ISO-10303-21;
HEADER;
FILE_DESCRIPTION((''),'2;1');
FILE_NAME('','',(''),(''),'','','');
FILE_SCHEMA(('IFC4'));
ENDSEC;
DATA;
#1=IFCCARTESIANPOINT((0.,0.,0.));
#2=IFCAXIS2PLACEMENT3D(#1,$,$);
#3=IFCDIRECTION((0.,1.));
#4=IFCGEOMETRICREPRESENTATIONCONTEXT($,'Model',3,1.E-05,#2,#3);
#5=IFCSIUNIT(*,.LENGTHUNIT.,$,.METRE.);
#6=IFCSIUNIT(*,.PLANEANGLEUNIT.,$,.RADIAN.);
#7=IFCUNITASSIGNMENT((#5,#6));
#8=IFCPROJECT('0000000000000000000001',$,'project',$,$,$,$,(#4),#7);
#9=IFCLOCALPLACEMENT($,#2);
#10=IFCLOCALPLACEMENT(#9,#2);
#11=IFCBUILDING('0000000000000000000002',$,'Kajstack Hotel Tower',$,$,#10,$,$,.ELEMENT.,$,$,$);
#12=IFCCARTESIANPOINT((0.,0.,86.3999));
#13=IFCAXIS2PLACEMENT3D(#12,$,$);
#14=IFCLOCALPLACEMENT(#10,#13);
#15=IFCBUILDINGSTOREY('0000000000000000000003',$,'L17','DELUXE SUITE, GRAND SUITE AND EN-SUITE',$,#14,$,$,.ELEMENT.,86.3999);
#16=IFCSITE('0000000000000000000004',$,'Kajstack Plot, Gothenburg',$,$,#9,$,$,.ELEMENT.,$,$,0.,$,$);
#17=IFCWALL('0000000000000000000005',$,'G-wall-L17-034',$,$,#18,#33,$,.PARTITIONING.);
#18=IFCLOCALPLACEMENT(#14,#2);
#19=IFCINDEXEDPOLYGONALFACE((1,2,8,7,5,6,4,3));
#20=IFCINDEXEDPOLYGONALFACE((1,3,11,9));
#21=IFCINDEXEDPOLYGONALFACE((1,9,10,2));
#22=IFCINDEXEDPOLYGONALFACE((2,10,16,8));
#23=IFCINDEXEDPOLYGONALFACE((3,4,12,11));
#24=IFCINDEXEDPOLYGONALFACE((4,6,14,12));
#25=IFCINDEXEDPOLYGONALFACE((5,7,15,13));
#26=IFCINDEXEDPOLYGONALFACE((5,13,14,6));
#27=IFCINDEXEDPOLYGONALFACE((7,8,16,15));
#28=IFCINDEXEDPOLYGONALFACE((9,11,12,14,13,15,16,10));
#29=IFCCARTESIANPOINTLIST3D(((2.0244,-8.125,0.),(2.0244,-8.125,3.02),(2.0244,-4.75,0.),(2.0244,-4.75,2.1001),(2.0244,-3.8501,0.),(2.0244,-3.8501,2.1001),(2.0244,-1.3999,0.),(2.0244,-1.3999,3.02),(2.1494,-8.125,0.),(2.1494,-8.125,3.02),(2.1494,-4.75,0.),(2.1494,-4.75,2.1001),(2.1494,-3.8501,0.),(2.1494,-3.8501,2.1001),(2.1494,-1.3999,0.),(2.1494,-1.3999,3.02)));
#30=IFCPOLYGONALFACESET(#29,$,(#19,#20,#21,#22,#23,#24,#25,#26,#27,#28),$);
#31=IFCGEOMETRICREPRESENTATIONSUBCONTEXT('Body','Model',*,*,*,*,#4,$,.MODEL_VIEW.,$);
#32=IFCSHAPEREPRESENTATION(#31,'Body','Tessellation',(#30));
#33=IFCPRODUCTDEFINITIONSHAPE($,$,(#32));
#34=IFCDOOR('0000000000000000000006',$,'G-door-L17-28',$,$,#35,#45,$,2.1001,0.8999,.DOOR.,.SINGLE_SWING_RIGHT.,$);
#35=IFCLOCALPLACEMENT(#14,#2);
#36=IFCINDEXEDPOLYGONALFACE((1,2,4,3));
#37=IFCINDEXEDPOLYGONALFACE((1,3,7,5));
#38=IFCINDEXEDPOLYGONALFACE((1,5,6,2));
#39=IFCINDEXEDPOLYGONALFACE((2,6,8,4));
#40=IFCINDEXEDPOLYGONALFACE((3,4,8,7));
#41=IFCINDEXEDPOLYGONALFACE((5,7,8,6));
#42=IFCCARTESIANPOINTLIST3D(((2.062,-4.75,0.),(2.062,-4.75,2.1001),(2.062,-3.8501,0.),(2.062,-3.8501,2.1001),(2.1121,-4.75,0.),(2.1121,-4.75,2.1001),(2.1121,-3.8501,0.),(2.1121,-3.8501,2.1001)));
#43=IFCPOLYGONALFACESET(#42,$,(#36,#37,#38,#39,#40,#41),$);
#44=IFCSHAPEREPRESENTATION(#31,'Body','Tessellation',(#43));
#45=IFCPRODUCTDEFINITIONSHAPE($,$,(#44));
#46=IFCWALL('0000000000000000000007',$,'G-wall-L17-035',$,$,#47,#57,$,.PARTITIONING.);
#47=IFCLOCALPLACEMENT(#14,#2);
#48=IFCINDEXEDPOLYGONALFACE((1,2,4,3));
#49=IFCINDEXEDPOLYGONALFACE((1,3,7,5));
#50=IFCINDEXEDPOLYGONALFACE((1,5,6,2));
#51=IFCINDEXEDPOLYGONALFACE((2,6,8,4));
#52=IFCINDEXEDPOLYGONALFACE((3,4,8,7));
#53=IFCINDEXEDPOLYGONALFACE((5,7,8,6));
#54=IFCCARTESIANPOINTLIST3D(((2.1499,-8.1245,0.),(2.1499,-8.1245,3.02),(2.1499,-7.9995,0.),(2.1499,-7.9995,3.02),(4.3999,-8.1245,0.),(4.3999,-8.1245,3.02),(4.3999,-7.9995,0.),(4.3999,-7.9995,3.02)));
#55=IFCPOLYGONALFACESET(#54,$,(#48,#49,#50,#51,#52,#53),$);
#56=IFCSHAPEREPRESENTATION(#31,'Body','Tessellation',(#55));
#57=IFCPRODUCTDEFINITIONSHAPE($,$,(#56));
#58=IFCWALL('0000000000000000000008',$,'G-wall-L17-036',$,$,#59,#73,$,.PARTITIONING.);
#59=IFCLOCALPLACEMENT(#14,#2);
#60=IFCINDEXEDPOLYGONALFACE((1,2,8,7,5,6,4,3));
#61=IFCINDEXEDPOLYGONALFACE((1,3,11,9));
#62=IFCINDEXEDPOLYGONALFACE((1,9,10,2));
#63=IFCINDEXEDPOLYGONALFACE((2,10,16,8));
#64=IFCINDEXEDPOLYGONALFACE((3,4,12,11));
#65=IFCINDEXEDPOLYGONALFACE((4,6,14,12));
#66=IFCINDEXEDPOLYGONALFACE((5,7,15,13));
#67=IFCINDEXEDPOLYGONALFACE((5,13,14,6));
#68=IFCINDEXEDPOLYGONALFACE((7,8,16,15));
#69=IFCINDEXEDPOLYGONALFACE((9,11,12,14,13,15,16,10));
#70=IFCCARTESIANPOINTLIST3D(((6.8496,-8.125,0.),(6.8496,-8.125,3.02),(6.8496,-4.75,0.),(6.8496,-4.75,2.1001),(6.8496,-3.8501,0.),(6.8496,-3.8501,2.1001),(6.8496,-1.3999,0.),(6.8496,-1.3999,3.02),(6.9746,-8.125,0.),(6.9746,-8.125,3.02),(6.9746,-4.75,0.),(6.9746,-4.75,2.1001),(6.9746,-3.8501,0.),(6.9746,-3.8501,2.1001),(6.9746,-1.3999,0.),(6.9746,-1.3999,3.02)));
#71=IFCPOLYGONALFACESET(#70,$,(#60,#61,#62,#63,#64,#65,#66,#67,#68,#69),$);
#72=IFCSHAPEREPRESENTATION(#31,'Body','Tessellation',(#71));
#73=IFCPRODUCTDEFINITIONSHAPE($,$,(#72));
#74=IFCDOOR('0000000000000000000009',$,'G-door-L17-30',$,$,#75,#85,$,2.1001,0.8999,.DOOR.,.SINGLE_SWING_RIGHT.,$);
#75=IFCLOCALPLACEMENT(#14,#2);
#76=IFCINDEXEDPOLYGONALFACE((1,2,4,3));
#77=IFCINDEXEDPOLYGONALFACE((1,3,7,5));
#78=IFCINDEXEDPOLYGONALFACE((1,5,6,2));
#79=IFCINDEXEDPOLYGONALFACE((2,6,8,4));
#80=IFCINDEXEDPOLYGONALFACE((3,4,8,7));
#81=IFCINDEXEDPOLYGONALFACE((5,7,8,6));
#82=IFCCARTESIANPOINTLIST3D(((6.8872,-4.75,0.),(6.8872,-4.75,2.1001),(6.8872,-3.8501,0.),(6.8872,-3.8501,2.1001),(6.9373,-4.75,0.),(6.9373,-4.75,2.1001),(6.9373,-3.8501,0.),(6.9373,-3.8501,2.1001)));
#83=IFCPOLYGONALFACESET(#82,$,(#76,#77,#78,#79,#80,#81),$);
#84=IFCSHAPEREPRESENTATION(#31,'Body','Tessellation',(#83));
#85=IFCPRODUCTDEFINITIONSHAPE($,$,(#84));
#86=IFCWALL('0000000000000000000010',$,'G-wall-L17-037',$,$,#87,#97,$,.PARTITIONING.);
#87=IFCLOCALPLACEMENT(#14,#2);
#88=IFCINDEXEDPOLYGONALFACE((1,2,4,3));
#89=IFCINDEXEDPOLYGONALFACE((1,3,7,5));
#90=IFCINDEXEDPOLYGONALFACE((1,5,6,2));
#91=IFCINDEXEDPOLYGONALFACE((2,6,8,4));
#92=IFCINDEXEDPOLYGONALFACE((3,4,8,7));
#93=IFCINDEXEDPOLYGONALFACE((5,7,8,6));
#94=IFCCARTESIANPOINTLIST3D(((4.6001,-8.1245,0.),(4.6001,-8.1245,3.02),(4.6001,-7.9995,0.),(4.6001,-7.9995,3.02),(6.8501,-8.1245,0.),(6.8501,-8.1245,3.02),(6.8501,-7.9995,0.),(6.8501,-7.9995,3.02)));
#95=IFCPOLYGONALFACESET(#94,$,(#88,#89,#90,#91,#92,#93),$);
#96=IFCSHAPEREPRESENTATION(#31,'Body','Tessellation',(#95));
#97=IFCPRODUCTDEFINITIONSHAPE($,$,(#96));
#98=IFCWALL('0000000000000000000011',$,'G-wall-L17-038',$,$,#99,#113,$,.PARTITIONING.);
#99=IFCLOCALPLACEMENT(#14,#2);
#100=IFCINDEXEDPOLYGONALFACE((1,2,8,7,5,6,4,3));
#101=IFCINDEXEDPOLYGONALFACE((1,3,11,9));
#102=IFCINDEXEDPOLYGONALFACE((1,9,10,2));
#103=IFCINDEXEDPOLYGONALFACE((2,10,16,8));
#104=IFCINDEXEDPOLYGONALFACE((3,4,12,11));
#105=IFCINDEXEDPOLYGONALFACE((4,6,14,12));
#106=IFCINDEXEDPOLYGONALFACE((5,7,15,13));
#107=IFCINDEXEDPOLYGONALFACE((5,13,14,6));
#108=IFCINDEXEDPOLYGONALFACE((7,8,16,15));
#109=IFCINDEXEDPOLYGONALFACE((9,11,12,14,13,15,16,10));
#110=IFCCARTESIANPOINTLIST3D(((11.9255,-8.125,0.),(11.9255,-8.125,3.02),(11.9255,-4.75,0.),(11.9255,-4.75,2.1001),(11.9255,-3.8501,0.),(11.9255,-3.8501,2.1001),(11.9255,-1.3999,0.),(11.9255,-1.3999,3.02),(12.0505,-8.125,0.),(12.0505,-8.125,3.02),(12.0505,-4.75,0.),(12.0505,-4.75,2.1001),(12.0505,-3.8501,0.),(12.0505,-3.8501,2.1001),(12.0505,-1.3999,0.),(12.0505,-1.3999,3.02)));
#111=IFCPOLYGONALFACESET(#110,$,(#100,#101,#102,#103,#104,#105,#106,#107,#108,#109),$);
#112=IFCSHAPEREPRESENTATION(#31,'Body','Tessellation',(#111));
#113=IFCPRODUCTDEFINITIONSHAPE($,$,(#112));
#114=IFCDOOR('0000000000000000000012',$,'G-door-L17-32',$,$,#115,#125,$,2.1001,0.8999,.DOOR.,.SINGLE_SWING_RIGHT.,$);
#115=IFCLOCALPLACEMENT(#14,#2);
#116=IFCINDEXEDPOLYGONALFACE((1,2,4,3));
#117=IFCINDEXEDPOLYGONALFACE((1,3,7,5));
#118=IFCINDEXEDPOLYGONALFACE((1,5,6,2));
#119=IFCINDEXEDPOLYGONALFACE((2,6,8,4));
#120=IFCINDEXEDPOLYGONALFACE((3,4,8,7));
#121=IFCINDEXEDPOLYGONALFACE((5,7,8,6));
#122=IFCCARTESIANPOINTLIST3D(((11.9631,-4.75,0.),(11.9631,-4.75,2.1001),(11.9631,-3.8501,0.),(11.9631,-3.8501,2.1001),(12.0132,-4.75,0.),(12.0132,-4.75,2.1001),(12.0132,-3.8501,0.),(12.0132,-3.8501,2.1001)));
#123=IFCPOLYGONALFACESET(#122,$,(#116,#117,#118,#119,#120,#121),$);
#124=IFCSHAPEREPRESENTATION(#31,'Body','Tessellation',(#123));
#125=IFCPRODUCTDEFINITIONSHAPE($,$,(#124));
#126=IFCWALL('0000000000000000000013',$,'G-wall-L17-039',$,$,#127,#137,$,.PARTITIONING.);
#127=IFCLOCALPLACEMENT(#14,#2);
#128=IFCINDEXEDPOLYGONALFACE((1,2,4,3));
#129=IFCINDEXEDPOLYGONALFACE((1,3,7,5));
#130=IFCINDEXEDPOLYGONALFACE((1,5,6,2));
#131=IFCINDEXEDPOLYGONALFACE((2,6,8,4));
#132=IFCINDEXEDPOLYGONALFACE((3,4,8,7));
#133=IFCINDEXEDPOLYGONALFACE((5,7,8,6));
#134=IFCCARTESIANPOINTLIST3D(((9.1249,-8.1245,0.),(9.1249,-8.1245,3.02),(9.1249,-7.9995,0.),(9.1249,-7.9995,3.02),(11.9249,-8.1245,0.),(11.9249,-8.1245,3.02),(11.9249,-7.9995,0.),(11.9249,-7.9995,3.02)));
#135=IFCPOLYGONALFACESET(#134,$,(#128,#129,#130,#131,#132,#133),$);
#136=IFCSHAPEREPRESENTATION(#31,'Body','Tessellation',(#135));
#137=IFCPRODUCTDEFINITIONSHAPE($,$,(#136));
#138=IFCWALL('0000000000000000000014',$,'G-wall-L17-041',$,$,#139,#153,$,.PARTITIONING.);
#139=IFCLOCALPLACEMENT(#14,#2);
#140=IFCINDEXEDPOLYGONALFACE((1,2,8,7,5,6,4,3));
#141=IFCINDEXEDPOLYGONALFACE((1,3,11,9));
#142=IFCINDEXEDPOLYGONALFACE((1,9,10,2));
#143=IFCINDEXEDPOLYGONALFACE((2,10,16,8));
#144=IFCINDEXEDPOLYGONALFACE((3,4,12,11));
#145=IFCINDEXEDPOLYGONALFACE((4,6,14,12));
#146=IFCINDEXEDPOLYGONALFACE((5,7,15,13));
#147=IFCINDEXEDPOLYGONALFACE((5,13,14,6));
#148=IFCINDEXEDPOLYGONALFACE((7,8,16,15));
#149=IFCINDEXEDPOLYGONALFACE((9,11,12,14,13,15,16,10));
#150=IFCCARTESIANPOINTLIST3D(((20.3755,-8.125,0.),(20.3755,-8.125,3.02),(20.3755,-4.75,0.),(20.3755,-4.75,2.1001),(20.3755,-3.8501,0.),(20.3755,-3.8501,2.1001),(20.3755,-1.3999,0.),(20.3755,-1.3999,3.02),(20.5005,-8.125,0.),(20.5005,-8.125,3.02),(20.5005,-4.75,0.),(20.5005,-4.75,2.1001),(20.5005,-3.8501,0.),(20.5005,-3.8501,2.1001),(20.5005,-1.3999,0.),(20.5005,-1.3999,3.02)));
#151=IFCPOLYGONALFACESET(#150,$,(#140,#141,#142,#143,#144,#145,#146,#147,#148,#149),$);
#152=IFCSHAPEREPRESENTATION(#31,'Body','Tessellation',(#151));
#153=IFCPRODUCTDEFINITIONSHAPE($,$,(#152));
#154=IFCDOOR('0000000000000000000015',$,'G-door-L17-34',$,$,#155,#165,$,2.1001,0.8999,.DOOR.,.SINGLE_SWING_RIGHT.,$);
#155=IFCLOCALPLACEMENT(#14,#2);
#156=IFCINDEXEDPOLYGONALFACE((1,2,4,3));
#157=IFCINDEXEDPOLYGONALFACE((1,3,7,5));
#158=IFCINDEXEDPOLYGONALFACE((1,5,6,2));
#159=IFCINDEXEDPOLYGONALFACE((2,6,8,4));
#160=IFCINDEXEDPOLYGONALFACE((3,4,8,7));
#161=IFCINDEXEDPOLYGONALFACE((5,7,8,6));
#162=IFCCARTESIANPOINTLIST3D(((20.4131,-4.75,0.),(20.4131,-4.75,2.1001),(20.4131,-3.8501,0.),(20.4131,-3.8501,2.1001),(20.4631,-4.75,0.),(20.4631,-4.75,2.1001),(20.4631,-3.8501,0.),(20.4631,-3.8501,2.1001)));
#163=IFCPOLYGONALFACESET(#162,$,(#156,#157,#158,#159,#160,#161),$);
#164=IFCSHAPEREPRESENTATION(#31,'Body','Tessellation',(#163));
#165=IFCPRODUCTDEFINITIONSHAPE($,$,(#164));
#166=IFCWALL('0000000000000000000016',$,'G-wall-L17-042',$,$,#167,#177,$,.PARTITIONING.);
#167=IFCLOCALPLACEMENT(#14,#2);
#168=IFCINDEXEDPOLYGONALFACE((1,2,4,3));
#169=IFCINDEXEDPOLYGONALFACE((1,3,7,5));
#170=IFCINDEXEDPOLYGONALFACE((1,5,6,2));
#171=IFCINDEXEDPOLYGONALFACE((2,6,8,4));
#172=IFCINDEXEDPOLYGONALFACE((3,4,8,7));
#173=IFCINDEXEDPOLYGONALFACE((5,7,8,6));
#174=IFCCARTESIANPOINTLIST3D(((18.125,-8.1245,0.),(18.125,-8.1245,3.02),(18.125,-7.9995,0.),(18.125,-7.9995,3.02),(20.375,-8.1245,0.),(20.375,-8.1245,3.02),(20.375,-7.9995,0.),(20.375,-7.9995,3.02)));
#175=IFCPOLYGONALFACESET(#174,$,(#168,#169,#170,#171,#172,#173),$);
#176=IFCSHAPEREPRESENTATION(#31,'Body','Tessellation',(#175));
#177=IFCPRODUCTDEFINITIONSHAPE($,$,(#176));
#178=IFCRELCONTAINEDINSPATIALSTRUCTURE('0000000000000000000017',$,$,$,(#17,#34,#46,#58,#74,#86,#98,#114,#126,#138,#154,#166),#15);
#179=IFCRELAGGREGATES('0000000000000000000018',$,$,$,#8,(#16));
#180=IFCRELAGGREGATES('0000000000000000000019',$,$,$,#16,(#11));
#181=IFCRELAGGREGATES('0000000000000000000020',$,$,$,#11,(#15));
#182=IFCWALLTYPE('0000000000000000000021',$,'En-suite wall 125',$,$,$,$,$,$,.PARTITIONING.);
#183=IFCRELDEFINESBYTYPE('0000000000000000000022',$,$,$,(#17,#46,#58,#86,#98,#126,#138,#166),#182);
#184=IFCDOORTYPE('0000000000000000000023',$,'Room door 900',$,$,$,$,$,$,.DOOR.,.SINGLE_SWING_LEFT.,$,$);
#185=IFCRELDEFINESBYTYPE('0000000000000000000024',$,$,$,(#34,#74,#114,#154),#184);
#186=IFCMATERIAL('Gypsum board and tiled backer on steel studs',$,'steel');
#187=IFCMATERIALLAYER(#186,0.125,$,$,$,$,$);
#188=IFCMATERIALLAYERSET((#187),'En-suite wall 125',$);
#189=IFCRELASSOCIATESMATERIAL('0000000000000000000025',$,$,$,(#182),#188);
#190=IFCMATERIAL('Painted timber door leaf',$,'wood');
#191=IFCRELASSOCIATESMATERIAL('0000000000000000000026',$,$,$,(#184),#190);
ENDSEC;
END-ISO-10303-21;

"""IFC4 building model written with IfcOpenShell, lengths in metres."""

from ifc_helpers import new_model, si_unit, direction, frame, frame_2d, origin, place, context, subcontext, project, spatial, rectangle, extrude, material, layer, layer_set, type_object, element, fill, save


model = new_model("IFC4")

# Units and contexts
model_context = context("Model", 3, precision=1e-05, world=origin(), true_north=direction((0.0, 1.0)))
body_context = subcontext(model_context, "Body", "Model", "MODEL_VIEW")
ifc_project = project(units=[si_unit("LENGTHUNIT", "METRE"), si_unit("PLANEANGLEUNIT", "RADIAN")], contexts=[model_context])

# Site, building, storey
site_placement = place(None, origin())
site = spatial("IfcSite", under=ifc_project, at=site_placement, Name="Kajstack Plot, Gothenburg", CompositionType="ELEMENT", RefElevation=0.0)
building_placement = place(site_placement, origin())
building = spatial("IfcBuilding", under=site, at=building_placement, Name="Kajstack Hotel Tower", CompositionType="ELEMENT")
storey_placement = place(building_placement, frame((0.0, 0.0, 86.3999)))
storey = spatial("IfcBuildingStorey", under=building, at=storey_placement, Name="L17", Description="DELUXE SUITE, GRAND SUITE AND EN-SUITE", CompositionType="ELEMENT", Elevation=86.3999)

# Wall, opening, door
ifc_material_1 = material(Name="Gypsum board and tiled backer on steel studs", Category="steel")
ifc_layer_1 = layer(ifc_material_1, 0.125)
ifc_layer_set_1 = layer_set([ifc_layer_1], Name="En-suite wall 125")
wall_type_1 = type_object("IfcWallType", Name="En-suite wall 125", PredefinedType="PARTITIONING", material=ifc_layer_set_1)
ifc_material_2 = material(Name="Painted timber door leaf", Category="wood")
door_type_1 = type_object("IfcDoorType", Name="Room door 900", OperationType="SINGLE_SWING_LEFT", PredefinedType="DOOR", material=ifc_material_2)
wall_1_placement = place(storey_placement, frame((2.0869, -8.125, 0.0), z_axis=(0.0, 0.0, 1.0), x_axis=(0.0, 1.0, 0.0)))
wall_1 = element("IfcWall", 1, at=wall_1_placement, inside=storey, type_object=wall_type_1, Name="G-wall-L17-034", PredefinedType="PARTITIONING", context=body_context, shape_type="SweptSolid", body=[
    extrude(rectangle(XDim=6.7251, YDim=0.125, at=frame_2d((3.3625, 0.0))), origin(), (0.0, 0.0, 1.0), 3.02),
])
opening_1_placement = place(wall_1_placement, frame((3.375, 0.0, 0.0)))
opening_1 = element("IfcOpeningElement", 2, at=opening_1_placement, cuts=wall_1, PredefinedType="OPENING", context=body_context, shape_type="SweptSolid", body=[
    extrude(rectangle(XDim=0.8999, YDim=2.1001, at=frame_2d((0.45, 1.05))), frame((0.0, 0.0725, 0.0), z_axis=(0.0, -1.0, 0.0), x_axis=(1.0, 0.0, 0.0)), (0.0, 0.0, 1.0), 0.145),
])
door_1_placement = place(opening_1_placement, origin())
door_1 = element("IfcDoor", 3, at=door_1_placement, inside=storey, type_object=door_type_1, Name="G-door-L17-28", OperationType="SINGLE_SWING_RIGHT", OverallHeight=2.1001, OverallWidth=0.8999, PredefinedType="DOOR", context=body_context, shape_type="SweptSolid", body=[
    extrude(rectangle(XDim=0.8999, YDim=2.1001, at=frame_2d((0.45, 1.05))), frame((0.0, 0.0249, 0.0), z_axis=(0.0, -1.0, 0.0), x_axis=(1.0, 0.0, 0.0)), (0.0, 0.0, 1.0), 0.05),
])
fill(opening_1, door_1)

# Wall
wall_2_placement = place(storey_placement, frame((2.1499, -8.062, 0.0), z_axis=(0.0, 0.0, 1.0), x_axis=(1.0, 0.0, 0.0)))
element("IfcWall", 4, at=wall_2_placement, inside=storey, type_object=wall_type_1, Name="G-wall-L17-035", PredefinedType="PARTITIONING", context=body_context, shape_type="SweptSolid", body=[
    extrude(rectangle(XDim=2.25, YDim=0.125, at=frame_2d((1.125, 0.0))), origin(), (0.0, 0.0, 1.0), 3.02),
])

# Wall, opening, door
wall_3_placement = place(storey_placement, frame((6.9121, -8.125, 0.0), z_axis=(0.0, 0.0, 1.0), x_axis=(0.0, 1.0, 0.0)))
wall_3 = element("IfcWall", 5, at=wall_3_placement, inside=storey, type_object=wall_type_1, Name="G-wall-L17-036", PredefinedType="PARTITIONING", context=body_context, shape_type="SweptSolid", body=[
    extrude(rectangle(XDim=6.7251, YDim=0.125, at=frame_2d((3.3625, 0.0))), origin(), (0.0, 0.0, 1.0), 3.02),
])
opening_2_placement = place(wall_3_placement, frame((3.375, 0.0, 0.0)))
opening_2 = element("IfcOpeningElement", 6, at=opening_2_placement, cuts=wall_3, PredefinedType="OPENING", context=body_context, shape_type="SweptSolid", body=[
    extrude(rectangle(XDim=0.8999, YDim=2.1001, at=frame_2d((0.45, 1.05))), frame((0.0, 0.0725, 0.0), z_axis=(0.0, -1.0, 0.0), x_axis=(1.0, 0.0, 0.0)), (0.0, 0.0, 1.0), 0.145),
])
door_2_placement = place(opening_2_placement, origin())
door_2 = element("IfcDoor", 7, at=door_2_placement, inside=storey, type_object=door_type_1, Name="G-door-L17-30", OperationType="SINGLE_SWING_RIGHT", OverallHeight=2.1001, OverallWidth=0.8999, PredefinedType="DOOR", context=body_context, shape_type="SweptSolid", body=[
    extrude(rectangle(XDim=0.8999, YDim=2.1001, at=frame_2d((0.45, 1.05))), frame((0.0, 0.0249, 0.0), z_axis=(0.0, -1.0, 0.0), x_axis=(1.0, 0.0, 0.0)), (0.0, 0.0, 1.0), 0.05),
])
fill(opening_2, door_2)

# Wall
wall_4_placement = place(storey_placement, frame((4.6001, -8.062, 0.0), z_axis=(0.0, 0.0, 1.0), x_axis=(1.0, 0.0, 0.0)))
element("IfcWall", 8, at=wall_4_placement, inside=storey, type_object=wall_type_1, Name="G-wall-L17-037", PredefinedType="PARTITIONING", context=body_context, shape_type="SweptSolid", body=[
    extrude(rectangle(XDim=2.25, YDim=0.125, at=frame_2d((1.125, 0.0))), origin(), (0.0, 0.0, 1.0), 3.02),
])

# Wall, opening, door
wall_5_placement = place(storey_placement, frame((11.988, -8.125, 0.0), z_axis=(0.0, 0.0, 1.0), x_axis=(0.0, 1.0, 0.0)))
wall_5 = element("IfcWall", 9, at=wall_5_placement, inside=storey, type_object=wall_type_1, Name="G-wall-L17-038", PredefinedType="PARTITIONING", context=body_context, shape_type="SweptSolid", body=[
    extrude(rectangle(XDim=6.7251, YDim=0.125, at=frame_2d((3.3625, 0.0))), origin(), (0.0, 0.0, 1.0), 3.02),
])
opening_3_placement = place(wall_5_placement, frame((3.375, 0.0, 0.0)))
opening_3 = element("IfcOpeningElement", 10, at=opening_3_placement, cuts=wall_5, PredefinedType="OPENING", context=body_context, shape_type="SweptSolid", body=[
    extrude(rectangle(XDim=0.8999, YDim=2.1001, at=frame_2d((0.45, 1.05))), frame((0.0, 0.0725, 0.0), z_axis=(0.0, -1.0, 0.0), x_axis=(1.0, 0.0, 0.0)), (0.0, 0.0, 1.0), 0.145),
])
door_3_placement = place(opening_3_placement, origin())
door_3 = element("IfcDoor", 11, at=door_3_placement, inside=storey, type_object=door_type_1, Name="G-door-L17-32", OperationType="SINGLE_SWING_RIGHT", OverallHeight=2.1001, OverallWidth=0.8999, PredefinedType="DOOR", context=body_context, shape_type="SweptSolid", body=[
    extrude(rectangle(XDim=0.8999, YDim=2.1001, at=frame_2d((0.45, 1.05))), frame((0.0, 0.0249, 0.0), z_axis=(0.0, -1.0, 0.0), x_axis=(1.0, 0.0, 0.0)), (0.0, 0.0, 1.0), 0.05),
])
fill(opening_3, door_3)

# Wall
wall_6_placement = place(storey_placement, frame((9.125, -8.062, 0.0), z_axis=(0.0, 0.0, 1.0), x_axis=(1.0, 0.0, 0.0)))
element("IfcWall", 12, at=wall_6_placement, inside=storey, type_object=wall_type_1, Name="G-wall-L17-039", PredefinedType="PARTITIONING", context=body_context, shape_type="SweptSolid", body=[
    extrude(rectangle(XDim=2.8, YDim=0.125, at=frame_2d((1.3999, 0.0))), origin(), (0.0, 0.0, 1.0), 3.02),
])

# Wall, opening, door
wall_7_placement = place(storey_placement, frame((20.438, -8.125, 0.0), z_axis=(0.0, 0.0, 1.0), x_axis=(0.0, 1.0, 0.0)))
wall_7 = element("IfcWall", 13, at=wall_7_placement, inside=storey, type_object=wall_type_1, Name="G-wall-L17-041", PredefinedType="PARTITIONING", context=body_context, shape_type="SweptSolid", body=[
    extrude(rectangle(XDim=6.7251, YDim=0.125, at=frame_2d((3.3625, 0.0))), origin(), (0.0, 0.0, 1.0), 3.02),
])
opening_4_placement = place(wall_7_placement, frame((3.375, 0.0, 0.0)))
opening_4 = element("IfcOpeningElement", 14, at=opening_4_placement, cuts=wall_7, PredefinedType="OPENING", context=body_context, shape_type="SweptSolid", body=[
    extrude(rectangle(XDim=0.8999, YDim=2.1001, at=frame_2d((0.45, 1.05))), frame((0.0, 0.0725, 0.0), z_axis=(0.0, -1.0, 0.0), x_axis=(1.0, 0.0, 0.0)), (0.0, 0.0, 1.0), 0.145),
])
door_4_placement = place(opening_4_placement, origin())
door_4 = element("IfcDoor", 15, at=door_4_placement, inside=storey, type_object=door_type_1, Name="G-door-L17-34", OperationType="SINGLE_SWING_RIGHT", OverallHeight=2.1001, OverallWidth=0.8999, PredefinedType="DOOR", context=body_context, shape_type="SweptSolid", body=[
    extrude(rectangle(XDim=0.8999, YDim=2.1001, at=frame_2d((0.45, 1.05))), frame((0.0, 0.0249, 0.0), z_axis=(0.0, -1.0, 0.0), x_axis=(1.0, 0.0, 0.0)), (0.0, 0.0, 1.0), 0.05),
])
fill(opening_4, door_4)

# Wall
wall_8_placement = place(storey_placement, frame((18.125, -8.062, 0.0), z_axis=(0.0, 0.0, 1.0), x_axis=(1.0, 0.0, 0.0)))
element("IfcWall", 16, at=wall_8_placement, inside=storey, type_object=wall_type_1, Name="G-wall-L17-042", PredefinedType="PARTITIONING", context=body_context, shape_type="SweptSolid", body=[
    extrude(rectangle(XDim=2.25, YDim=0.125, at=frame_2d((1.125, 0.0))), origin(), (0.0, 0.0, 1.0), 3.02),
])

save(model, "model.ifc")
